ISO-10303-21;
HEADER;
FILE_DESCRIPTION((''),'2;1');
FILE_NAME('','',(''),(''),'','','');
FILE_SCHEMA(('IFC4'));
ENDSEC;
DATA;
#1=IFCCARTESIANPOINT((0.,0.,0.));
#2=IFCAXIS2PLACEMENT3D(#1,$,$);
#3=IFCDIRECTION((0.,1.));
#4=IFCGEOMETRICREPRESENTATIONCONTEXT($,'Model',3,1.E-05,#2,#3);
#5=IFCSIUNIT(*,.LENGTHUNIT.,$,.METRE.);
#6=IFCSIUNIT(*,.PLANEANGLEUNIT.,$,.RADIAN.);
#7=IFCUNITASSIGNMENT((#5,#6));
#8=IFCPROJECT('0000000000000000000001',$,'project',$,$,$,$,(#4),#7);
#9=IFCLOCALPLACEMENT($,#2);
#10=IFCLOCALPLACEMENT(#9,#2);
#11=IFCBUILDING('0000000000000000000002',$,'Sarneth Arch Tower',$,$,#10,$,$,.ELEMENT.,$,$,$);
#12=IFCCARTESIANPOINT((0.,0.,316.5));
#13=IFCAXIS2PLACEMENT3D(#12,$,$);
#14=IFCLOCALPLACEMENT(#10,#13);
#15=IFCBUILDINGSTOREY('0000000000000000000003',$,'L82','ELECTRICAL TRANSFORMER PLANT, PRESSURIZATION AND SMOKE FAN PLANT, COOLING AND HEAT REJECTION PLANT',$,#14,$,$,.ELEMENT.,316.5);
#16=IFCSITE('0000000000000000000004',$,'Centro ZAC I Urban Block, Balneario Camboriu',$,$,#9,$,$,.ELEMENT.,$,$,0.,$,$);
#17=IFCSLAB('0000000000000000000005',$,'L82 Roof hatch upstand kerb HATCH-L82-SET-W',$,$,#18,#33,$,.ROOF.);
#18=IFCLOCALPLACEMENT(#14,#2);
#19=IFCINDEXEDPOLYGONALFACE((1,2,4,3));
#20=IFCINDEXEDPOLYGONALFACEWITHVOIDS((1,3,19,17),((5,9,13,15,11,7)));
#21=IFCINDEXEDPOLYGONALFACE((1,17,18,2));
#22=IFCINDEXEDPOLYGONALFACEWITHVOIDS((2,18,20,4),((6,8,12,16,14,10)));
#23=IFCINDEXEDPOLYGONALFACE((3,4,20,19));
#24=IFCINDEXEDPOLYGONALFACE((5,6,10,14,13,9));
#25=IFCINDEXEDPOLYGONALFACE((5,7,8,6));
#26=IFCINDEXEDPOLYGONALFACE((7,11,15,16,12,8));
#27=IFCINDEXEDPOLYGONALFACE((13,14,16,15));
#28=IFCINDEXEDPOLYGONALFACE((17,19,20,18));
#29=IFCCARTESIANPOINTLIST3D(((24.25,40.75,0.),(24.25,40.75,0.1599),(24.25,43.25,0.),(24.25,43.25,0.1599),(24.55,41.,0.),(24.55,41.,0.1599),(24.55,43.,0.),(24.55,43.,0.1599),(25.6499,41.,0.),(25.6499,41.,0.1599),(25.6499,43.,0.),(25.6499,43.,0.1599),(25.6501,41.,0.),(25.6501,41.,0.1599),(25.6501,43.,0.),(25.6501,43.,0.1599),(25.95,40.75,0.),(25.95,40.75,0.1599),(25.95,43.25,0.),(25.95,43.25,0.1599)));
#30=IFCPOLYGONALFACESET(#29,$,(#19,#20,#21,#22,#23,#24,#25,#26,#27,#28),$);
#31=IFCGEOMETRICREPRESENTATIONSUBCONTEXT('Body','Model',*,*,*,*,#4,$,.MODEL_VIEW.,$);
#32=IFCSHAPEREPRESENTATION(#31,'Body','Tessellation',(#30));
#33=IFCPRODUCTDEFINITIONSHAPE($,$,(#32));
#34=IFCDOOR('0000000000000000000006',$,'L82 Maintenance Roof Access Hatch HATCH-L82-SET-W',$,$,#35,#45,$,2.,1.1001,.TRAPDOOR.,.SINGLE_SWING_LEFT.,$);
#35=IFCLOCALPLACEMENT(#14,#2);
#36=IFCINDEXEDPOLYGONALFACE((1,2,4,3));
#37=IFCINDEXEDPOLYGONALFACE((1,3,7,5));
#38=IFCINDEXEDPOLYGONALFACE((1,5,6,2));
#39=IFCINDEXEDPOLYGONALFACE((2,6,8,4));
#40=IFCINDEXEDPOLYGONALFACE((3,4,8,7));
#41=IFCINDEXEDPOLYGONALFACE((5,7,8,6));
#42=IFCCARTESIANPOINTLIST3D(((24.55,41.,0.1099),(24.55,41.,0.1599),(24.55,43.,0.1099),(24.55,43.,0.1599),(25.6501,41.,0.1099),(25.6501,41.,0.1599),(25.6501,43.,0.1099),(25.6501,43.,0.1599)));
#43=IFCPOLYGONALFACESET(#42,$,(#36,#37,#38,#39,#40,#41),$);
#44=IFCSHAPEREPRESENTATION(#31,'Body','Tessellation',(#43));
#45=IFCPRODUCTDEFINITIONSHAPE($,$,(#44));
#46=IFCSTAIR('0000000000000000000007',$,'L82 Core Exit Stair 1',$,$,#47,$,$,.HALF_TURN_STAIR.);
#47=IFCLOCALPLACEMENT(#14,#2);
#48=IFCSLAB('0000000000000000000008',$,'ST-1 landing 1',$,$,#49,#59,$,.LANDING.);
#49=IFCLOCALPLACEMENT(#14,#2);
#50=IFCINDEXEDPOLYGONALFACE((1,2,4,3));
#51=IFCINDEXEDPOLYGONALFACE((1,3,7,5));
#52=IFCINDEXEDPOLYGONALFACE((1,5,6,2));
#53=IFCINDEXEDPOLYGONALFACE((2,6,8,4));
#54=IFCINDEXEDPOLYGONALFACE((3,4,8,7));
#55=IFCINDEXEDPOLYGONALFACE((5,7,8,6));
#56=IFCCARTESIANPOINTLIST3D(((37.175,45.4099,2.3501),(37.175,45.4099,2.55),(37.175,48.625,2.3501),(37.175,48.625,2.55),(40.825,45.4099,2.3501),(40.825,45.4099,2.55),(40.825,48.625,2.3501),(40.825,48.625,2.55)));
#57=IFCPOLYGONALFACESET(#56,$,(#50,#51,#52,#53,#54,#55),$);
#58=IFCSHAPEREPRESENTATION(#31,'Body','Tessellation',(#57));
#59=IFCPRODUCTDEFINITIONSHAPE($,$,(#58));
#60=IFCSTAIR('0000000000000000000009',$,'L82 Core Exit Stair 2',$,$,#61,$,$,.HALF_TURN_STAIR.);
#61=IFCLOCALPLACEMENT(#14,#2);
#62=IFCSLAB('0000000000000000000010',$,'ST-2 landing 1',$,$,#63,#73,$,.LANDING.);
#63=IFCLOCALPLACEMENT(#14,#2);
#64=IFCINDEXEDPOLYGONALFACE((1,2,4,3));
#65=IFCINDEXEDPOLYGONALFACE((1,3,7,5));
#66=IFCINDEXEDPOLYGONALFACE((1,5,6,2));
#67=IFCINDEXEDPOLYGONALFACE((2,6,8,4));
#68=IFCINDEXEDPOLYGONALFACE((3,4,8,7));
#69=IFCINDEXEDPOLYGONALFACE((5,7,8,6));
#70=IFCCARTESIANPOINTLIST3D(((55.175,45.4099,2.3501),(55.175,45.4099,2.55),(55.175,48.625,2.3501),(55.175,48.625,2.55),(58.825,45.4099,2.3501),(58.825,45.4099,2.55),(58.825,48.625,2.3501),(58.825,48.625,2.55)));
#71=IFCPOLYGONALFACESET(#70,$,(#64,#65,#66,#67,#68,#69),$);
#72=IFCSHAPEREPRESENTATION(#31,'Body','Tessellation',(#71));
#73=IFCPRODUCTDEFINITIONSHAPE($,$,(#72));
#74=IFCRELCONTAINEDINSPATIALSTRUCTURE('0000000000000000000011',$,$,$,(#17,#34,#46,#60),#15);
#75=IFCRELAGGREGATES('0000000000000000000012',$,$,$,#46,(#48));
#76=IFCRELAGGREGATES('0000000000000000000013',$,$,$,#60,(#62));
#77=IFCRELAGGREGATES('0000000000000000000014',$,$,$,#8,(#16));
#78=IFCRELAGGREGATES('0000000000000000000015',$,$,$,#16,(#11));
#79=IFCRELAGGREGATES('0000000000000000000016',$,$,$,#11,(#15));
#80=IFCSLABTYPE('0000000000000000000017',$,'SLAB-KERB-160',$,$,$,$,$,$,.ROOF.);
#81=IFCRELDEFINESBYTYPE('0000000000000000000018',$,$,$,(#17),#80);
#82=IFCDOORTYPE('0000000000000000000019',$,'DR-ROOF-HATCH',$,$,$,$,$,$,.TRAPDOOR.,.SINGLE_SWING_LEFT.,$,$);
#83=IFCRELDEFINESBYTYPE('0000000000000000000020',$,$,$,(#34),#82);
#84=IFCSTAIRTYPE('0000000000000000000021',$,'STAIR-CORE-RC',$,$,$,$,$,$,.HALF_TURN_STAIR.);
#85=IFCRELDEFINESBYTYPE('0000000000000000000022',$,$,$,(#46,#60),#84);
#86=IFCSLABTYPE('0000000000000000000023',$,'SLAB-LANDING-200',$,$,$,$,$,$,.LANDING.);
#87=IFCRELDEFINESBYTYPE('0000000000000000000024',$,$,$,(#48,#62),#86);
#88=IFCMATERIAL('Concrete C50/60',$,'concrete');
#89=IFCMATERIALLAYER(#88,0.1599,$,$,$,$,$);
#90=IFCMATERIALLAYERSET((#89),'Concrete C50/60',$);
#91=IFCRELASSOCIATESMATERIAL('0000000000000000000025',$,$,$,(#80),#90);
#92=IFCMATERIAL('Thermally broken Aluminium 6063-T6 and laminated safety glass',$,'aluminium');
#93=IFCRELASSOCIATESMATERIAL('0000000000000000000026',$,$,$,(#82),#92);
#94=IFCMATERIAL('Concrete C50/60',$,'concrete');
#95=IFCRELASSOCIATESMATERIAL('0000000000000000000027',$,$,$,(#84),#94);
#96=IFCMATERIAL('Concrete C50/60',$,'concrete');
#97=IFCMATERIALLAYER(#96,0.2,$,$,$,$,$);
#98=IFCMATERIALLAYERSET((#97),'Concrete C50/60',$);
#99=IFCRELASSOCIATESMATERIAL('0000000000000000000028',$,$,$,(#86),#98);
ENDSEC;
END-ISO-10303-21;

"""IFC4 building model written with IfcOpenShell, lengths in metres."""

from ifc_helpers import new_model, si_unit, direction, frame, origin, origin_2d, place, context, subcontext, project, spatial, polyline, rectangle, outline, extrude, material, layer, layer_set, type_object, element, fill, aggregate, save


model = new_model("IFC4")

# Units and contexts
model_context = context("Model", 3, precision=1e-05, world=origin(), true_north=direction((0.0, 1.0)))
body_context = subcontext(model_context, "Body", "Model", "MODEL_VIEW")
ifc_project = project(units=[si_unit("LENGTHUNIT", "METRE"), si_unit("PLANEANGLEUNIT", "RADIAN")], contexts=[model_context])

# Site, building, storey
site_placement = place(None, origin())
site = spatial("IfcSite", under=ifc_project, at=site_placement, Name="Centro ZAC I Urban Block, Balneario Camboriu", CompositionType="ELEMENT", RefElevation=0.0)
building_placement = place(site_placement, origin())
building = spatial("IfcBuilding", under=site, at=building_placement, Name="Sarneth Arch Tower", CompositionType="ELEMENT")
storey_placement = place(building_placement, frame((0.0, 0.0, 316.5)))
storey = spatial("IfcBuildingStorey", under=building, at=storey_placement, Name="L82", Description="ELECTRICAL TRANSFORMER PLANT, PRESSURIZATION AND SMOKE FAN PLANT, COOLING AND HEAT REJECTION PLANT", CompositionType="ELEMENT", Elevation=316.5)

# Slab, opening, door
ifc_material_1 = material(Name="Concrete C50/60", Category="concrete")
ifc_layer_1 = layer(ifc_material_1, 0.1599)
ifc_layer_set_1 = layer_set([ifc_layer_1], Name="Concrete C50/60")
slab_type_1 = type_object("IfcSlabType", Name="SLAB-KERB-160", PredefinedType="ROOF", material=ifc_layer_set_1)
ifc_material_2 = material(Name="Thermally broken Aluminium 6063-T6 and laminated safety glass", Category="aluminium")
door_type = type_object("IfcDoorType", Name="DR-ROOF-HATCH", OperationType="SINGLE_SWING_LEFT", PredefinedType="TRAPDOOR", material=ifc_material_2)
slab_1_placement = place(storey_placement, origin())
slab_1 = element("IfcSlab", 1, at=slab_1_placement, inside=storey, type_object=slab_type_1, Name="L82 Roof hatch upstand kerb HATCH-L82-SET-W", PredefinedType="ROOF", context=body_context, shape_type="SweptSolid", body=[
    extrude(outline(polyline([(24.25, 40.75), (25.95, 40.75), (25.95, 43.25), (24.25, 43.25), (24.25, 40.75)]), holes=[polyline([(24.55, 41.0), (25.6499, 41.0), (25.6499, 43.0), (24.55, 43.0), (24.55, 41.0)])]), origin(), (0.0, 0.0, 1.0), 0.1599),
])
opening_1_placement = place(slab_1_placement, frame((25.1001, 42.0, 0.0)))
opening_1 = element("IfcOpeningElement", 2, at=opening_1_placement, cuts=slab_1, PredefinedType="OPENING", context=body_context, shape_type="SweptSolid", body=[
    extrude(rectangle(XDim=1.1001, YDim=2.0, at=origin_2d()), origin(), (0.0, 0.0, 1.0), 0.1599),
])
door_1_placement = place(opening_1_placement, frame((0.0, 0.0, 0.1099)))
door_1 = element("IfcDoor", 3, at=door_1_placement, inside=storey, type_object=door_type, Name="L82 Maintenance Roof Access Hatch HATCH-L82-SET-W", OperationType="SINGLE_SWING_LEFT", OverallHeight=2.0, OverallWidth=1.1001, PredefinedType="TRAPDOOR", context=body_context, shape_type="SweptSolid", body=[
    extrude(rectangle(XDim=1.1001, YDim=2.0, at=origin_2d()), origin(), (0.0, 0.0, 1.0), 0.05),
])
fill(opening_1, door_1)

# Stairs, slabs
ifc_material_3 = material(Name="Concrete C50/60", Category="concrete")
stair_type = type_object("IfcStairType", Name="STAIR-CORE-RC", PredefinedType="HALF_TURN_STAIR", material=ifc_material_3)
stair_1_placement = place(storey_placement, origin())
stair_1 = element("IfcStair", 4, at=stair_1_placement, inside=storey, type_object=stair_type, Name="L82 Core Exit Stair 1", PredefinedType="HALF_TURN_STAIR")
ifc_material_4 = material(Name="Concrete C50/60", Category="concrete")
ifc_layer_2 = layer(ifc_material_4, 0.2)
ifc_layer_set_2 = layer_set([ifc_layer_2], Name="Concrete C50/60")
slab_type_2 = type_object("IfcSlabType", Name="SLAB-LANDING-200", PredefinedType="LANDING", material=ifc_layer_set_2)
slab_2_placement = place(storey_placement, frame((0.0, 0.0, 2.3501)))
slab_2 = element("IfcSlab", 5, at=slab_2_placement, type_object=slab_type_2, Name="ST-1 landing 1", PredefinedType="LANDING", context=body_context, shape_type="SweptSolid", body=[
    extrude(outline(polyline([(37.175, 45.4099), (40.825, 45.4099), (40.825, 48.625), (37.175, 48.625), (37.175, 45.4099)])), origin(), (0.0, 0.0, 1.0), 0.2),
])
aggregate(stair_1, [slab_2])
stair_2_placement = place(storey_placement, origin())
stair_2 = element("IfcStair", 6, at=stair_2_placement, inside=storey, type_object=stair_type, Name="L82 Core Exit Stair 2", PredefinedType="HALF_TURN_STAIR")
slab_3_placement = place(storey_placement, frame((0.0, 0.0, 2.3501)))
slab_3 = element("IfcSlab", 7, at=slab_3_placement, type_object=slab_type_2, Name="ST-2 landing 1", PredefinedType="LANDING", context=body_context, shape_type="SweptSolid", body=[
    extrude(outline(polyline([(55.175, 45.4099), (58.825, 45.4099), (58.825, 48.625), (55.175, 48.625), (55.175, 45.4099)])), origin(), (0.0, 0.0, 1.0), 0.2),
])
aggregate(stair_2, [slab_3])

save(model, "model.ifc")
